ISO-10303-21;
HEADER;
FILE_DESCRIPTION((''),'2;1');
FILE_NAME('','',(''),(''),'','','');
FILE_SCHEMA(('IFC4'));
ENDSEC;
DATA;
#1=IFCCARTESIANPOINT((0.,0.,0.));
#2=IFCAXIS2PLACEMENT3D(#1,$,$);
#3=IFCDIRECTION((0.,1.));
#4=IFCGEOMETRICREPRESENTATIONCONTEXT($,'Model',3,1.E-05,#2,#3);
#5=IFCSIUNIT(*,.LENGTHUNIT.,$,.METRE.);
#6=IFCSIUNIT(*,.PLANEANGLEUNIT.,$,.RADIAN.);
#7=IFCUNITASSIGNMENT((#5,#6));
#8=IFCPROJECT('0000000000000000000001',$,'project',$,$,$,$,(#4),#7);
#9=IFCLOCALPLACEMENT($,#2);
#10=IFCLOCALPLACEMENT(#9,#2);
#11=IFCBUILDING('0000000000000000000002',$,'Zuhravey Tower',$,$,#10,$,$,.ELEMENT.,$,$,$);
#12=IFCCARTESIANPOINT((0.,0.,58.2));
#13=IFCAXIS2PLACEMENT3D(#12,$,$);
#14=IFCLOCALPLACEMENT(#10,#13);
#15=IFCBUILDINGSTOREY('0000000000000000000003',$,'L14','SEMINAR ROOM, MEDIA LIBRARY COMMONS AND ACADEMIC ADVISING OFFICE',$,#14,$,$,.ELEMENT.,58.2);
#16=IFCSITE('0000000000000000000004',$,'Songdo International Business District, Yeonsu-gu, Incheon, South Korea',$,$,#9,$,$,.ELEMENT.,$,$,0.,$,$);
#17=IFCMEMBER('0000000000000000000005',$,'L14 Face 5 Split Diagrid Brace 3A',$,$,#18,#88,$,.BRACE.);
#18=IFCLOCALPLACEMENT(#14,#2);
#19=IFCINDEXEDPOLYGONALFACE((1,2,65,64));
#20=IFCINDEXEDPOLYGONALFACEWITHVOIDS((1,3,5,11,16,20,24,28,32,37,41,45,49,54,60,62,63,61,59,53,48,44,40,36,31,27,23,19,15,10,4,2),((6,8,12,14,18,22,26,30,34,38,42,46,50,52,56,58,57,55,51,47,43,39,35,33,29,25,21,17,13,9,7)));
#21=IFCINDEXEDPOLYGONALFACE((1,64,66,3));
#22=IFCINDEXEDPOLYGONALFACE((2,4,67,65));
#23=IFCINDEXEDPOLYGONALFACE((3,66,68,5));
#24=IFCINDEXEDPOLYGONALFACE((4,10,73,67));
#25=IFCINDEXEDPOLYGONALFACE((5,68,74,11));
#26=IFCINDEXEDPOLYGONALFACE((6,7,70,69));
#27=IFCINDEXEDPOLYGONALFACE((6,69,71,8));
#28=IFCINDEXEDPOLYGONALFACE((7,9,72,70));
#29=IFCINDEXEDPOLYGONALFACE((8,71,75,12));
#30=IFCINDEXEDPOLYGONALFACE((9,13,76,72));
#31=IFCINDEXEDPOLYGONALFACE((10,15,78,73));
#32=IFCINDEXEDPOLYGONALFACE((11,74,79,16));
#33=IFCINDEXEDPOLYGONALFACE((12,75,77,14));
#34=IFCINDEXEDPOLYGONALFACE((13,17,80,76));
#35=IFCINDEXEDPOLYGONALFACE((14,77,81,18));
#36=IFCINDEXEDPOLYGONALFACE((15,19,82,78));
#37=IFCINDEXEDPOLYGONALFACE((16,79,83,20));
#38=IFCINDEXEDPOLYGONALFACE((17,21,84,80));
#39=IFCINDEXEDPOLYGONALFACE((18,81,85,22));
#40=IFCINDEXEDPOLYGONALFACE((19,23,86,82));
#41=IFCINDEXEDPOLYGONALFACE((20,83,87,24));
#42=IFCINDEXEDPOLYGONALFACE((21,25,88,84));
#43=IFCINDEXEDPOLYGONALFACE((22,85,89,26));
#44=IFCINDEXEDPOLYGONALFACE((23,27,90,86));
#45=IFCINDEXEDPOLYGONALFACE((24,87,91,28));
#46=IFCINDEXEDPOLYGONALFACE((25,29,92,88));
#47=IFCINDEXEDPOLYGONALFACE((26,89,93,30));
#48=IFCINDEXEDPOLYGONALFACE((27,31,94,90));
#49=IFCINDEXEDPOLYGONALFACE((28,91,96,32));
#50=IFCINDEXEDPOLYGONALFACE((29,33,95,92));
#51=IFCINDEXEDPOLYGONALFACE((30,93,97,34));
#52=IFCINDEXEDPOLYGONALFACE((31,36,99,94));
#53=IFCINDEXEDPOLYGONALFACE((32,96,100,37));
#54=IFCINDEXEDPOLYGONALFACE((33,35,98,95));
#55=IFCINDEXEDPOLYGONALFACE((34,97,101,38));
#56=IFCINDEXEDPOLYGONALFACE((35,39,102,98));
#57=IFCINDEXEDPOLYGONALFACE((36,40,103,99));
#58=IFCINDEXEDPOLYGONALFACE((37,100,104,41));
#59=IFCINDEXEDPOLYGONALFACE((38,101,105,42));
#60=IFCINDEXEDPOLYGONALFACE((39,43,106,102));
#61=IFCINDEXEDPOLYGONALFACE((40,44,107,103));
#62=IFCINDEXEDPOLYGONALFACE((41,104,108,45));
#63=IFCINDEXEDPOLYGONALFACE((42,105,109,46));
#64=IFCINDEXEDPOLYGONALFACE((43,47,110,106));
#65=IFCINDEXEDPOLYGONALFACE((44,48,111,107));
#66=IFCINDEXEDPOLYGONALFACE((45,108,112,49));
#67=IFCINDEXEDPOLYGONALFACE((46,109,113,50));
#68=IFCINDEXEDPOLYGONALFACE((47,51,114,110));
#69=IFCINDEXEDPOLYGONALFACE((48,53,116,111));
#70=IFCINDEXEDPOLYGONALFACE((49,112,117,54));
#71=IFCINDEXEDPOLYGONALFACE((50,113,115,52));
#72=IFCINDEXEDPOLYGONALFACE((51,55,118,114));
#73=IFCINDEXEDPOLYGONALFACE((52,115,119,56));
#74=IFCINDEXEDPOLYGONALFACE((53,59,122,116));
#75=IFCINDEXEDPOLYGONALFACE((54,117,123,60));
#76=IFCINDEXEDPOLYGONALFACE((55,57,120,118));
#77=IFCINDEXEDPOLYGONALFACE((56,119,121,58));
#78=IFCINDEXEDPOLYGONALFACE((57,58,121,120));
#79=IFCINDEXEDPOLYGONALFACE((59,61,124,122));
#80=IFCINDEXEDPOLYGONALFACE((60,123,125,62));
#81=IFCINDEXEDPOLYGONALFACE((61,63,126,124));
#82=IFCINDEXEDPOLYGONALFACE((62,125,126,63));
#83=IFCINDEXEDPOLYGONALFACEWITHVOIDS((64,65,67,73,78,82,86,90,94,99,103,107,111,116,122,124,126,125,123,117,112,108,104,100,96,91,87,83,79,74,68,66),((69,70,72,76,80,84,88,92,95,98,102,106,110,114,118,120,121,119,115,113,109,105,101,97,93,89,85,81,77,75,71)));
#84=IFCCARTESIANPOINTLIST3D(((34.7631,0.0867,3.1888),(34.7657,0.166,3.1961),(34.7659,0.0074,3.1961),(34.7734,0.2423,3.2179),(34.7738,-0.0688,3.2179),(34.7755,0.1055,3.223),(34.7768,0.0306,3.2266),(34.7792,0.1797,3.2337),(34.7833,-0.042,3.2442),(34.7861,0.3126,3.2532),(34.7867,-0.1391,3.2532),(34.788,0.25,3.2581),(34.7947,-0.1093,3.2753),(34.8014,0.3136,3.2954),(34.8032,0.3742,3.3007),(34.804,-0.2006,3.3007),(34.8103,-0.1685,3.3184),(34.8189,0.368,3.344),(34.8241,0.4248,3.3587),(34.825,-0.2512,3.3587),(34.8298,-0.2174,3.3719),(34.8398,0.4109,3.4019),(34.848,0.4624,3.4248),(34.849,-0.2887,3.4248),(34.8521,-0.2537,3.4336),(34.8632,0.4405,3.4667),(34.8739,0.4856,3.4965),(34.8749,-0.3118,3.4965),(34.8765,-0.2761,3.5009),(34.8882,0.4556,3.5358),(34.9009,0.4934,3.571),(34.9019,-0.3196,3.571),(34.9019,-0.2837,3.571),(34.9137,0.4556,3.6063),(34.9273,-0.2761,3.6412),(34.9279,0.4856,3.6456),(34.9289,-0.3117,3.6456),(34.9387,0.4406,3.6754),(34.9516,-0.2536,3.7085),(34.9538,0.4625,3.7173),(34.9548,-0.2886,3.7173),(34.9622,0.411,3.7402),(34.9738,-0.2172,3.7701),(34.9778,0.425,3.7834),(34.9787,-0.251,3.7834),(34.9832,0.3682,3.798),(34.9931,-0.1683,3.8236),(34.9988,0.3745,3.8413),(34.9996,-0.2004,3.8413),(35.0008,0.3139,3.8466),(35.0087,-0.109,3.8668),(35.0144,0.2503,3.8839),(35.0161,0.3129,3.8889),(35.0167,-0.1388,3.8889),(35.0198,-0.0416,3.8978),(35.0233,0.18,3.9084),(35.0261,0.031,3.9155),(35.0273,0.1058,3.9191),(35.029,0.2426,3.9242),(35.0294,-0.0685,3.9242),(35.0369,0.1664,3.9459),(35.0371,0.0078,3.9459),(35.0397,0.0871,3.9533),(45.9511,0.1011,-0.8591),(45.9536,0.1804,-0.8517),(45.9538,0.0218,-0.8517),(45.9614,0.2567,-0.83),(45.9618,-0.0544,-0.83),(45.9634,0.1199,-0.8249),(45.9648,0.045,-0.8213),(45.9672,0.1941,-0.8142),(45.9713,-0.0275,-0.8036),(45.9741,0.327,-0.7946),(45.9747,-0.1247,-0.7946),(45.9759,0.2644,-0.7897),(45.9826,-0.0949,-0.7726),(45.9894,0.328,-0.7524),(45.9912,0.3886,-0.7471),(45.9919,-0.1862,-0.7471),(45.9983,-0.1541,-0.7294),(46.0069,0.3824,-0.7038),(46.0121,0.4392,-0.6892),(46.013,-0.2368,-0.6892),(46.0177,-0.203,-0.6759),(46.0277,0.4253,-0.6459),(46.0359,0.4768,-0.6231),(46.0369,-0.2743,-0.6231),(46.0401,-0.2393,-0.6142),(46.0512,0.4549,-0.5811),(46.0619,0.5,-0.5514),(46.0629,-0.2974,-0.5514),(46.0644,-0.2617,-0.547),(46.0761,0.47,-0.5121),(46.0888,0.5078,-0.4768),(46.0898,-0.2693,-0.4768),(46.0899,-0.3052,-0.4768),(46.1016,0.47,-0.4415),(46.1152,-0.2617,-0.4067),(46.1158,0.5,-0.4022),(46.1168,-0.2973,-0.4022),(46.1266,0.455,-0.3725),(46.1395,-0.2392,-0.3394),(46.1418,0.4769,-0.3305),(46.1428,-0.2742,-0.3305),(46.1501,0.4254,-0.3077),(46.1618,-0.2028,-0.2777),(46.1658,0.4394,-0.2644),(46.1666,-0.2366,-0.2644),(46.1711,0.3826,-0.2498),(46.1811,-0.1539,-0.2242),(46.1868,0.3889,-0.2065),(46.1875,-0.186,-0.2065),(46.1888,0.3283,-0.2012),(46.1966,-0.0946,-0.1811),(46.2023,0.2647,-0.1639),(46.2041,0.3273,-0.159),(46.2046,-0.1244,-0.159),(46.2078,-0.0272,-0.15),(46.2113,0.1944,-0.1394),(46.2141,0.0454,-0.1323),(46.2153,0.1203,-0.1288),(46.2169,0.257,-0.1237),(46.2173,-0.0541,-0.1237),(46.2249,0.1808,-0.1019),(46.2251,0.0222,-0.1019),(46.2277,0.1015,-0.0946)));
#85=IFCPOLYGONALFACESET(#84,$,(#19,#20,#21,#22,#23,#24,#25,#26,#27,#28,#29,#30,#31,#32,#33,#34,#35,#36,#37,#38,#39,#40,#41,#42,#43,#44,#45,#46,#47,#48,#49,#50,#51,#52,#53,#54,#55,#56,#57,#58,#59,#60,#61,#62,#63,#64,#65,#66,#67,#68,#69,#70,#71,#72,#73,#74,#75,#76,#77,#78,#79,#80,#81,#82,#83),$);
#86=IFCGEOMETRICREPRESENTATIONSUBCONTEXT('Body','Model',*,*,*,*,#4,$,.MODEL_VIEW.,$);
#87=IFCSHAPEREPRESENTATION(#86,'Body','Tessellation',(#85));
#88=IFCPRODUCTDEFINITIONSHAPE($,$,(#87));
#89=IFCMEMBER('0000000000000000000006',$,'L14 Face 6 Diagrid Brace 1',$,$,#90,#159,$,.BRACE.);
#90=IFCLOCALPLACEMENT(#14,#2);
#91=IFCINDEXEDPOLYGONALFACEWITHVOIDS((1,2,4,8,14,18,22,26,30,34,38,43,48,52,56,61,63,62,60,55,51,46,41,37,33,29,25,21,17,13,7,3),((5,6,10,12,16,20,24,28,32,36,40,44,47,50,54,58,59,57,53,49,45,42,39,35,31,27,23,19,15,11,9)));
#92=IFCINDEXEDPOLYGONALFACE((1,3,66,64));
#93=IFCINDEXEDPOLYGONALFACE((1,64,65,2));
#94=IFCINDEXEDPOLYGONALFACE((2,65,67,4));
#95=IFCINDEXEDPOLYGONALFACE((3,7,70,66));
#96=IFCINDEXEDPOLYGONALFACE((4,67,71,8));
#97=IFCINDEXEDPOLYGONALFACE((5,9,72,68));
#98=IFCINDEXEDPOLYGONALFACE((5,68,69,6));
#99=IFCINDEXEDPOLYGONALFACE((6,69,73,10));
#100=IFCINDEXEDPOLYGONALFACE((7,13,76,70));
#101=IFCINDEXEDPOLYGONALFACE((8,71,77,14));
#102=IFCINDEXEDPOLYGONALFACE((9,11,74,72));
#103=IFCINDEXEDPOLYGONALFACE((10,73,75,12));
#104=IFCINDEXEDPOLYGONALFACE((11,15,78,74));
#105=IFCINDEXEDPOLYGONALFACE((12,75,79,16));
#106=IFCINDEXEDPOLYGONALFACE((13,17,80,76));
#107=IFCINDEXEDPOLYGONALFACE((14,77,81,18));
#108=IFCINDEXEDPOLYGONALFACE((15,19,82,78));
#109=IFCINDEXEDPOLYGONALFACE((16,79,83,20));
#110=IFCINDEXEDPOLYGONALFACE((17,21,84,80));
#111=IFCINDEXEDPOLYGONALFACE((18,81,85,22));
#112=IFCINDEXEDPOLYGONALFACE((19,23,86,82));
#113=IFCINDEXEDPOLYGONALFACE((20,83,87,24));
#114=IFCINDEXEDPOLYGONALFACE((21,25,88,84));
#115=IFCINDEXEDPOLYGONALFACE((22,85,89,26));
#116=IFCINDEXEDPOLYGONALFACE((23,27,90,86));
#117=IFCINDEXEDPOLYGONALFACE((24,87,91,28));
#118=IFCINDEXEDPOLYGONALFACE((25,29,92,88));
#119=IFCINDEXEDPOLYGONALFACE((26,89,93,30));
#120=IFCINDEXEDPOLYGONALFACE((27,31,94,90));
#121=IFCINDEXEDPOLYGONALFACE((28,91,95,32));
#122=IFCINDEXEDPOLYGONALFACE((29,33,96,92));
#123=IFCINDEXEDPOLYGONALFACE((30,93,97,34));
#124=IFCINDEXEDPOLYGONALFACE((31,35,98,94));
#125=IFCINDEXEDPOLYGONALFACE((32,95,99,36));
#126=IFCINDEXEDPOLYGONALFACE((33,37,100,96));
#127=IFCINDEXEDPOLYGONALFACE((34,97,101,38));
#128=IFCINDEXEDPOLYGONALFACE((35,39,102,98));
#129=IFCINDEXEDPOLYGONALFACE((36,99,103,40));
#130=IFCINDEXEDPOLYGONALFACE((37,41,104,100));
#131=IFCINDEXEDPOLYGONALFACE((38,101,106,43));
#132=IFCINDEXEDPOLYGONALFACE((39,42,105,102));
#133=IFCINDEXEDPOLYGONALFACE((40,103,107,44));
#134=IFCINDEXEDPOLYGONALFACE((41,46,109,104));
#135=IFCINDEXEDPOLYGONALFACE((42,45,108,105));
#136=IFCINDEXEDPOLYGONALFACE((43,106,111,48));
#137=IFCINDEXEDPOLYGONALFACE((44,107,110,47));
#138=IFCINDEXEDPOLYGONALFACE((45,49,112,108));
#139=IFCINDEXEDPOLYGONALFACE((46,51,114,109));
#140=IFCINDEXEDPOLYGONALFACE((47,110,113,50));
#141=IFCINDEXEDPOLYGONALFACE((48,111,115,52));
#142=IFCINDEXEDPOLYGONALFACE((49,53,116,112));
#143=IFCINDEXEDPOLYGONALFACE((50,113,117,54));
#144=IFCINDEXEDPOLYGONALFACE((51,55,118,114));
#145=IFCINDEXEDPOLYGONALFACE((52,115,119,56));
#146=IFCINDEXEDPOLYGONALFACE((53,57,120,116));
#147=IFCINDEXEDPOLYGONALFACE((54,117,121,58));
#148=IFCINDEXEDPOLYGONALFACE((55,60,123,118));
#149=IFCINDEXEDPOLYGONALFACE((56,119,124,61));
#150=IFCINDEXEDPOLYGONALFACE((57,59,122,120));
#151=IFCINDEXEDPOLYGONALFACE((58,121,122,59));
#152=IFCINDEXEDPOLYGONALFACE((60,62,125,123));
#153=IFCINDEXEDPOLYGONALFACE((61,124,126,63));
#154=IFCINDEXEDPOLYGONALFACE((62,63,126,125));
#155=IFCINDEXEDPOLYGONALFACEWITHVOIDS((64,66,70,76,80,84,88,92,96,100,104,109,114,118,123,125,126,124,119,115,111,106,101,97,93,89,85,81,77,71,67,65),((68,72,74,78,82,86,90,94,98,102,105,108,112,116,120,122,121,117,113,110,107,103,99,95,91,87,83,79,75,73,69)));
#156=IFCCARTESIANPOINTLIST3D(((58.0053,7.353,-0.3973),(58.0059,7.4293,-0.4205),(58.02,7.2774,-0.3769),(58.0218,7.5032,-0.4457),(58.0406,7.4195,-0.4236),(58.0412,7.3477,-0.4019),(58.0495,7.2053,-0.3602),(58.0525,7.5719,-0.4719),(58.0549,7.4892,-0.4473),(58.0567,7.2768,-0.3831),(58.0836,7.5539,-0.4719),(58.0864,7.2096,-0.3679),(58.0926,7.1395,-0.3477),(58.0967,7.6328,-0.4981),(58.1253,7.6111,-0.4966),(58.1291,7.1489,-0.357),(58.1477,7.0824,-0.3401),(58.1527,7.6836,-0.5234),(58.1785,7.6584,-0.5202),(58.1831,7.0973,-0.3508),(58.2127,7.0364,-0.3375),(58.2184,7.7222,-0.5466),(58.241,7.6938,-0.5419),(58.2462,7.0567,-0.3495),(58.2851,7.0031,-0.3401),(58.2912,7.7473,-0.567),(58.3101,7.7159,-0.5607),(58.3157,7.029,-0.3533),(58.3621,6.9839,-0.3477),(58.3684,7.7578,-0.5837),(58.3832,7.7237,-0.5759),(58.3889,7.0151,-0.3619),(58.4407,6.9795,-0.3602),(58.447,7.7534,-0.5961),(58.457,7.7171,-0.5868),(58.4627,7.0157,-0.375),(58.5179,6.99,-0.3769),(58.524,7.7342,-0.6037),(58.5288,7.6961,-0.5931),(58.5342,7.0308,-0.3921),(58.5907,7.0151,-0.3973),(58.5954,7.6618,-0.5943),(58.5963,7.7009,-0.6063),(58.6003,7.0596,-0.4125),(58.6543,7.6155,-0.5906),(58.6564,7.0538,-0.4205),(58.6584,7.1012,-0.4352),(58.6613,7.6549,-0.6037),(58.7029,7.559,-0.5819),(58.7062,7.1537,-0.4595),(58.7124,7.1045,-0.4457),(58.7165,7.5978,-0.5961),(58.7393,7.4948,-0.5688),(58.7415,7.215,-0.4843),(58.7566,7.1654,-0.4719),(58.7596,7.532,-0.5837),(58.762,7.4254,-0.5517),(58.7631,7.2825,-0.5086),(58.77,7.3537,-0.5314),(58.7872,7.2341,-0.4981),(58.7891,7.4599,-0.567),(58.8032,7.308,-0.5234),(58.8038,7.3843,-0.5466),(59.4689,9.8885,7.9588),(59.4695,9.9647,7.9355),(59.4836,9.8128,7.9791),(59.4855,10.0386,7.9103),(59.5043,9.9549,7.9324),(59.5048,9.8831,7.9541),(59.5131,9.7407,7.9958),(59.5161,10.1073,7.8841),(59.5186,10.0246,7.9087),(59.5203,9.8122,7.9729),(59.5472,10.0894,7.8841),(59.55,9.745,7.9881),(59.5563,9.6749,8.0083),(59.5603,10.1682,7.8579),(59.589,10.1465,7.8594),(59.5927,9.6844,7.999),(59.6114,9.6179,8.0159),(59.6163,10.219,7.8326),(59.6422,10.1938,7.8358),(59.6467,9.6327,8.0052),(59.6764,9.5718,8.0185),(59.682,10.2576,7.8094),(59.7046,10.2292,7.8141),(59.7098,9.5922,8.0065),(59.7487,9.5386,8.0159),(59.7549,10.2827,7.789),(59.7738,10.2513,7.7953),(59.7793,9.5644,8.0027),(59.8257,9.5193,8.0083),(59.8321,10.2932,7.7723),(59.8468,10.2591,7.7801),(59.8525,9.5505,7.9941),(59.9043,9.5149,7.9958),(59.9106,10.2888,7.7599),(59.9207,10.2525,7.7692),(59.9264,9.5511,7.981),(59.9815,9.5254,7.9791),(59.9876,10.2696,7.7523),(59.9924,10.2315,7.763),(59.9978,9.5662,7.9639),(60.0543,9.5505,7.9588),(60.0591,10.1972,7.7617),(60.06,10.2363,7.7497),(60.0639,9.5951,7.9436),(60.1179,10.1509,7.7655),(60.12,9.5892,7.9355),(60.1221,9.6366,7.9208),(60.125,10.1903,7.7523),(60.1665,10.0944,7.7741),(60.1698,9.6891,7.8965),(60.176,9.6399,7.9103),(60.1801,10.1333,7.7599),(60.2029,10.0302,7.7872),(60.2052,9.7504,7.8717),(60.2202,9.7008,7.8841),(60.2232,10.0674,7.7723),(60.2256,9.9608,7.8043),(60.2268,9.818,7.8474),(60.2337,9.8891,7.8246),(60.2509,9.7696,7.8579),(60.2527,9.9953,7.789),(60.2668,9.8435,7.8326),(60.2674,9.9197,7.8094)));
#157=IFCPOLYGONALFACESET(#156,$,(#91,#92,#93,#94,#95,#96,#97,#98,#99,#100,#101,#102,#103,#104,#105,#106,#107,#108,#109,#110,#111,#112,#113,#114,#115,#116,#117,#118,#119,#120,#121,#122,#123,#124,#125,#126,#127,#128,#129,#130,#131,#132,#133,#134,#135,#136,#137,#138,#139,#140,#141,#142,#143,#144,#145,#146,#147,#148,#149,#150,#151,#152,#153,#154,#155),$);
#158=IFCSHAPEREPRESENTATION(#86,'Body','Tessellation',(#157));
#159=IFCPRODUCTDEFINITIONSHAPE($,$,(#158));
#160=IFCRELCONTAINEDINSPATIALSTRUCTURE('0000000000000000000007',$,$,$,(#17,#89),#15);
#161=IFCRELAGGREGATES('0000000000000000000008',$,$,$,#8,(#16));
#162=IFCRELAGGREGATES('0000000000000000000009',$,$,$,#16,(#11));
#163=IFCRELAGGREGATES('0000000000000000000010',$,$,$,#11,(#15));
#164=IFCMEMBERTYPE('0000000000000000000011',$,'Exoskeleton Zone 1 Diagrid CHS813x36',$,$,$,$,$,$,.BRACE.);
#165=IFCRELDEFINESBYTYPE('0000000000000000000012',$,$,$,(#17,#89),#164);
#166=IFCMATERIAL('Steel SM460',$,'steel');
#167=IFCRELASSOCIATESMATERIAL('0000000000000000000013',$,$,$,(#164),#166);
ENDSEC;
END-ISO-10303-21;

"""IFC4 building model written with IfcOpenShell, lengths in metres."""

from ifc_helpers import new_model, si_unit, direction, frame, origin, origin_2d, place, context, subcontext, project, spatial, hollow_circle, extrude, material, material_profile, profile_set, type_object, element, save


model = new_model("IFC4")

# Units and contexts
model_context = context("Model", 3, precision=1e-05, world=origin(), true_north=direction((0.0, 1.0)))
body_context = subcontext(model_context, "Body", "Model", "MODEL_VIEW")
ifc_project = project(units=[si_unit("LENGTHUNIT", "METRE"), si_unit("PLANEANGLEUNIT", "RADIAN")], contexts=[model_context])

# Site, building, storey
site_placement = place(None, origin())
site = spatial("IfcSite", under=ifc_project, at=site_placement, Name="Songdo International Business District, Yeonsu-gu, Incheon, South Korea", CompositionType="ELEMENT", RefElevation=0.0)
building_placement = place(site_placement, origin())
building = spatial("IfcBuilding", under=site, at=building_placement, Name="Zuhravey Tower", CompositionType="ELEMENT")
storey_placement = place(building_placement, frame((0.0, 0.0, 58.2)))
storey = spatial("IfcBuildingStorey", under=building, at=storey_placement, Name="L14", Description="SEMINAR ROOM, MEDIA LIBRARY COMMONS AND ACADEMIC ADVISING OFFICE", CompositionType="ELEMENT", Elevation=58.2)

# Members
ifc_material_1 = material(Name="Steel SM460", Category="steel")
ifc_material_profile_1 = material_profile(ifc_material_1, hollow_circle(Radius=0.4065, WallThickness=0.0359, at=origin_2d()), Name="CHS-812.8x36")
ifc_profile_set_1 = profile_set([ifc_material_profile_1], Name="Steel SM460")
member_type_1 = type_object("IfcMemberType", Name="Exoskeleton Zone 1 Diagrid CHS813x36", PredefinedType="BRACE", material=ifc_profile_set_1)
member_1_placement = place(storey_placement, frame((46.0894, 0.1013, -0.4768), z_axis=(-0.940345, -0.001211, 0.34022), x_axis=(0.001287, -0.999999, 0.0)))
element("IfcMember", 1, at=member_1_placement, inside=storey, type_object=member_type_1, Name="L14 Face 5 Split Diagrid Brace 3A", PredefinedType="BRACE", context=body_context, shape_type="SweptSolid", body=[
    extrude(hollow_circle(Radius=0.4065, WallThickness=0.0359, at=origin_2d()), origin(), (0.0, 0.0, 1.0), 11.8977),
])
member_2_placement = place(storey_placement, frame((58.4045, 7.3687, -0.4719), z_axis=(0.165307, 0.286358, 0.943755), x_axis=(-0.866054, 0.499951, 0.0)))
element("IfcMember", 2, at=member_2_placement, inside=storey, type_object=member_type_1, Name="L14 Face 6 Diagrid Brace 1", PredefinedType="BRACE", context=body_context, shape_type="SweptSolid", body=[
    extrude(hollow_circle(Radius=0.4065, WallThickness=0.0359, at=origin_2d()), origin(), (0.0, 0.0, 1.0), 8.854),
])

save(model, "model.ifc")
